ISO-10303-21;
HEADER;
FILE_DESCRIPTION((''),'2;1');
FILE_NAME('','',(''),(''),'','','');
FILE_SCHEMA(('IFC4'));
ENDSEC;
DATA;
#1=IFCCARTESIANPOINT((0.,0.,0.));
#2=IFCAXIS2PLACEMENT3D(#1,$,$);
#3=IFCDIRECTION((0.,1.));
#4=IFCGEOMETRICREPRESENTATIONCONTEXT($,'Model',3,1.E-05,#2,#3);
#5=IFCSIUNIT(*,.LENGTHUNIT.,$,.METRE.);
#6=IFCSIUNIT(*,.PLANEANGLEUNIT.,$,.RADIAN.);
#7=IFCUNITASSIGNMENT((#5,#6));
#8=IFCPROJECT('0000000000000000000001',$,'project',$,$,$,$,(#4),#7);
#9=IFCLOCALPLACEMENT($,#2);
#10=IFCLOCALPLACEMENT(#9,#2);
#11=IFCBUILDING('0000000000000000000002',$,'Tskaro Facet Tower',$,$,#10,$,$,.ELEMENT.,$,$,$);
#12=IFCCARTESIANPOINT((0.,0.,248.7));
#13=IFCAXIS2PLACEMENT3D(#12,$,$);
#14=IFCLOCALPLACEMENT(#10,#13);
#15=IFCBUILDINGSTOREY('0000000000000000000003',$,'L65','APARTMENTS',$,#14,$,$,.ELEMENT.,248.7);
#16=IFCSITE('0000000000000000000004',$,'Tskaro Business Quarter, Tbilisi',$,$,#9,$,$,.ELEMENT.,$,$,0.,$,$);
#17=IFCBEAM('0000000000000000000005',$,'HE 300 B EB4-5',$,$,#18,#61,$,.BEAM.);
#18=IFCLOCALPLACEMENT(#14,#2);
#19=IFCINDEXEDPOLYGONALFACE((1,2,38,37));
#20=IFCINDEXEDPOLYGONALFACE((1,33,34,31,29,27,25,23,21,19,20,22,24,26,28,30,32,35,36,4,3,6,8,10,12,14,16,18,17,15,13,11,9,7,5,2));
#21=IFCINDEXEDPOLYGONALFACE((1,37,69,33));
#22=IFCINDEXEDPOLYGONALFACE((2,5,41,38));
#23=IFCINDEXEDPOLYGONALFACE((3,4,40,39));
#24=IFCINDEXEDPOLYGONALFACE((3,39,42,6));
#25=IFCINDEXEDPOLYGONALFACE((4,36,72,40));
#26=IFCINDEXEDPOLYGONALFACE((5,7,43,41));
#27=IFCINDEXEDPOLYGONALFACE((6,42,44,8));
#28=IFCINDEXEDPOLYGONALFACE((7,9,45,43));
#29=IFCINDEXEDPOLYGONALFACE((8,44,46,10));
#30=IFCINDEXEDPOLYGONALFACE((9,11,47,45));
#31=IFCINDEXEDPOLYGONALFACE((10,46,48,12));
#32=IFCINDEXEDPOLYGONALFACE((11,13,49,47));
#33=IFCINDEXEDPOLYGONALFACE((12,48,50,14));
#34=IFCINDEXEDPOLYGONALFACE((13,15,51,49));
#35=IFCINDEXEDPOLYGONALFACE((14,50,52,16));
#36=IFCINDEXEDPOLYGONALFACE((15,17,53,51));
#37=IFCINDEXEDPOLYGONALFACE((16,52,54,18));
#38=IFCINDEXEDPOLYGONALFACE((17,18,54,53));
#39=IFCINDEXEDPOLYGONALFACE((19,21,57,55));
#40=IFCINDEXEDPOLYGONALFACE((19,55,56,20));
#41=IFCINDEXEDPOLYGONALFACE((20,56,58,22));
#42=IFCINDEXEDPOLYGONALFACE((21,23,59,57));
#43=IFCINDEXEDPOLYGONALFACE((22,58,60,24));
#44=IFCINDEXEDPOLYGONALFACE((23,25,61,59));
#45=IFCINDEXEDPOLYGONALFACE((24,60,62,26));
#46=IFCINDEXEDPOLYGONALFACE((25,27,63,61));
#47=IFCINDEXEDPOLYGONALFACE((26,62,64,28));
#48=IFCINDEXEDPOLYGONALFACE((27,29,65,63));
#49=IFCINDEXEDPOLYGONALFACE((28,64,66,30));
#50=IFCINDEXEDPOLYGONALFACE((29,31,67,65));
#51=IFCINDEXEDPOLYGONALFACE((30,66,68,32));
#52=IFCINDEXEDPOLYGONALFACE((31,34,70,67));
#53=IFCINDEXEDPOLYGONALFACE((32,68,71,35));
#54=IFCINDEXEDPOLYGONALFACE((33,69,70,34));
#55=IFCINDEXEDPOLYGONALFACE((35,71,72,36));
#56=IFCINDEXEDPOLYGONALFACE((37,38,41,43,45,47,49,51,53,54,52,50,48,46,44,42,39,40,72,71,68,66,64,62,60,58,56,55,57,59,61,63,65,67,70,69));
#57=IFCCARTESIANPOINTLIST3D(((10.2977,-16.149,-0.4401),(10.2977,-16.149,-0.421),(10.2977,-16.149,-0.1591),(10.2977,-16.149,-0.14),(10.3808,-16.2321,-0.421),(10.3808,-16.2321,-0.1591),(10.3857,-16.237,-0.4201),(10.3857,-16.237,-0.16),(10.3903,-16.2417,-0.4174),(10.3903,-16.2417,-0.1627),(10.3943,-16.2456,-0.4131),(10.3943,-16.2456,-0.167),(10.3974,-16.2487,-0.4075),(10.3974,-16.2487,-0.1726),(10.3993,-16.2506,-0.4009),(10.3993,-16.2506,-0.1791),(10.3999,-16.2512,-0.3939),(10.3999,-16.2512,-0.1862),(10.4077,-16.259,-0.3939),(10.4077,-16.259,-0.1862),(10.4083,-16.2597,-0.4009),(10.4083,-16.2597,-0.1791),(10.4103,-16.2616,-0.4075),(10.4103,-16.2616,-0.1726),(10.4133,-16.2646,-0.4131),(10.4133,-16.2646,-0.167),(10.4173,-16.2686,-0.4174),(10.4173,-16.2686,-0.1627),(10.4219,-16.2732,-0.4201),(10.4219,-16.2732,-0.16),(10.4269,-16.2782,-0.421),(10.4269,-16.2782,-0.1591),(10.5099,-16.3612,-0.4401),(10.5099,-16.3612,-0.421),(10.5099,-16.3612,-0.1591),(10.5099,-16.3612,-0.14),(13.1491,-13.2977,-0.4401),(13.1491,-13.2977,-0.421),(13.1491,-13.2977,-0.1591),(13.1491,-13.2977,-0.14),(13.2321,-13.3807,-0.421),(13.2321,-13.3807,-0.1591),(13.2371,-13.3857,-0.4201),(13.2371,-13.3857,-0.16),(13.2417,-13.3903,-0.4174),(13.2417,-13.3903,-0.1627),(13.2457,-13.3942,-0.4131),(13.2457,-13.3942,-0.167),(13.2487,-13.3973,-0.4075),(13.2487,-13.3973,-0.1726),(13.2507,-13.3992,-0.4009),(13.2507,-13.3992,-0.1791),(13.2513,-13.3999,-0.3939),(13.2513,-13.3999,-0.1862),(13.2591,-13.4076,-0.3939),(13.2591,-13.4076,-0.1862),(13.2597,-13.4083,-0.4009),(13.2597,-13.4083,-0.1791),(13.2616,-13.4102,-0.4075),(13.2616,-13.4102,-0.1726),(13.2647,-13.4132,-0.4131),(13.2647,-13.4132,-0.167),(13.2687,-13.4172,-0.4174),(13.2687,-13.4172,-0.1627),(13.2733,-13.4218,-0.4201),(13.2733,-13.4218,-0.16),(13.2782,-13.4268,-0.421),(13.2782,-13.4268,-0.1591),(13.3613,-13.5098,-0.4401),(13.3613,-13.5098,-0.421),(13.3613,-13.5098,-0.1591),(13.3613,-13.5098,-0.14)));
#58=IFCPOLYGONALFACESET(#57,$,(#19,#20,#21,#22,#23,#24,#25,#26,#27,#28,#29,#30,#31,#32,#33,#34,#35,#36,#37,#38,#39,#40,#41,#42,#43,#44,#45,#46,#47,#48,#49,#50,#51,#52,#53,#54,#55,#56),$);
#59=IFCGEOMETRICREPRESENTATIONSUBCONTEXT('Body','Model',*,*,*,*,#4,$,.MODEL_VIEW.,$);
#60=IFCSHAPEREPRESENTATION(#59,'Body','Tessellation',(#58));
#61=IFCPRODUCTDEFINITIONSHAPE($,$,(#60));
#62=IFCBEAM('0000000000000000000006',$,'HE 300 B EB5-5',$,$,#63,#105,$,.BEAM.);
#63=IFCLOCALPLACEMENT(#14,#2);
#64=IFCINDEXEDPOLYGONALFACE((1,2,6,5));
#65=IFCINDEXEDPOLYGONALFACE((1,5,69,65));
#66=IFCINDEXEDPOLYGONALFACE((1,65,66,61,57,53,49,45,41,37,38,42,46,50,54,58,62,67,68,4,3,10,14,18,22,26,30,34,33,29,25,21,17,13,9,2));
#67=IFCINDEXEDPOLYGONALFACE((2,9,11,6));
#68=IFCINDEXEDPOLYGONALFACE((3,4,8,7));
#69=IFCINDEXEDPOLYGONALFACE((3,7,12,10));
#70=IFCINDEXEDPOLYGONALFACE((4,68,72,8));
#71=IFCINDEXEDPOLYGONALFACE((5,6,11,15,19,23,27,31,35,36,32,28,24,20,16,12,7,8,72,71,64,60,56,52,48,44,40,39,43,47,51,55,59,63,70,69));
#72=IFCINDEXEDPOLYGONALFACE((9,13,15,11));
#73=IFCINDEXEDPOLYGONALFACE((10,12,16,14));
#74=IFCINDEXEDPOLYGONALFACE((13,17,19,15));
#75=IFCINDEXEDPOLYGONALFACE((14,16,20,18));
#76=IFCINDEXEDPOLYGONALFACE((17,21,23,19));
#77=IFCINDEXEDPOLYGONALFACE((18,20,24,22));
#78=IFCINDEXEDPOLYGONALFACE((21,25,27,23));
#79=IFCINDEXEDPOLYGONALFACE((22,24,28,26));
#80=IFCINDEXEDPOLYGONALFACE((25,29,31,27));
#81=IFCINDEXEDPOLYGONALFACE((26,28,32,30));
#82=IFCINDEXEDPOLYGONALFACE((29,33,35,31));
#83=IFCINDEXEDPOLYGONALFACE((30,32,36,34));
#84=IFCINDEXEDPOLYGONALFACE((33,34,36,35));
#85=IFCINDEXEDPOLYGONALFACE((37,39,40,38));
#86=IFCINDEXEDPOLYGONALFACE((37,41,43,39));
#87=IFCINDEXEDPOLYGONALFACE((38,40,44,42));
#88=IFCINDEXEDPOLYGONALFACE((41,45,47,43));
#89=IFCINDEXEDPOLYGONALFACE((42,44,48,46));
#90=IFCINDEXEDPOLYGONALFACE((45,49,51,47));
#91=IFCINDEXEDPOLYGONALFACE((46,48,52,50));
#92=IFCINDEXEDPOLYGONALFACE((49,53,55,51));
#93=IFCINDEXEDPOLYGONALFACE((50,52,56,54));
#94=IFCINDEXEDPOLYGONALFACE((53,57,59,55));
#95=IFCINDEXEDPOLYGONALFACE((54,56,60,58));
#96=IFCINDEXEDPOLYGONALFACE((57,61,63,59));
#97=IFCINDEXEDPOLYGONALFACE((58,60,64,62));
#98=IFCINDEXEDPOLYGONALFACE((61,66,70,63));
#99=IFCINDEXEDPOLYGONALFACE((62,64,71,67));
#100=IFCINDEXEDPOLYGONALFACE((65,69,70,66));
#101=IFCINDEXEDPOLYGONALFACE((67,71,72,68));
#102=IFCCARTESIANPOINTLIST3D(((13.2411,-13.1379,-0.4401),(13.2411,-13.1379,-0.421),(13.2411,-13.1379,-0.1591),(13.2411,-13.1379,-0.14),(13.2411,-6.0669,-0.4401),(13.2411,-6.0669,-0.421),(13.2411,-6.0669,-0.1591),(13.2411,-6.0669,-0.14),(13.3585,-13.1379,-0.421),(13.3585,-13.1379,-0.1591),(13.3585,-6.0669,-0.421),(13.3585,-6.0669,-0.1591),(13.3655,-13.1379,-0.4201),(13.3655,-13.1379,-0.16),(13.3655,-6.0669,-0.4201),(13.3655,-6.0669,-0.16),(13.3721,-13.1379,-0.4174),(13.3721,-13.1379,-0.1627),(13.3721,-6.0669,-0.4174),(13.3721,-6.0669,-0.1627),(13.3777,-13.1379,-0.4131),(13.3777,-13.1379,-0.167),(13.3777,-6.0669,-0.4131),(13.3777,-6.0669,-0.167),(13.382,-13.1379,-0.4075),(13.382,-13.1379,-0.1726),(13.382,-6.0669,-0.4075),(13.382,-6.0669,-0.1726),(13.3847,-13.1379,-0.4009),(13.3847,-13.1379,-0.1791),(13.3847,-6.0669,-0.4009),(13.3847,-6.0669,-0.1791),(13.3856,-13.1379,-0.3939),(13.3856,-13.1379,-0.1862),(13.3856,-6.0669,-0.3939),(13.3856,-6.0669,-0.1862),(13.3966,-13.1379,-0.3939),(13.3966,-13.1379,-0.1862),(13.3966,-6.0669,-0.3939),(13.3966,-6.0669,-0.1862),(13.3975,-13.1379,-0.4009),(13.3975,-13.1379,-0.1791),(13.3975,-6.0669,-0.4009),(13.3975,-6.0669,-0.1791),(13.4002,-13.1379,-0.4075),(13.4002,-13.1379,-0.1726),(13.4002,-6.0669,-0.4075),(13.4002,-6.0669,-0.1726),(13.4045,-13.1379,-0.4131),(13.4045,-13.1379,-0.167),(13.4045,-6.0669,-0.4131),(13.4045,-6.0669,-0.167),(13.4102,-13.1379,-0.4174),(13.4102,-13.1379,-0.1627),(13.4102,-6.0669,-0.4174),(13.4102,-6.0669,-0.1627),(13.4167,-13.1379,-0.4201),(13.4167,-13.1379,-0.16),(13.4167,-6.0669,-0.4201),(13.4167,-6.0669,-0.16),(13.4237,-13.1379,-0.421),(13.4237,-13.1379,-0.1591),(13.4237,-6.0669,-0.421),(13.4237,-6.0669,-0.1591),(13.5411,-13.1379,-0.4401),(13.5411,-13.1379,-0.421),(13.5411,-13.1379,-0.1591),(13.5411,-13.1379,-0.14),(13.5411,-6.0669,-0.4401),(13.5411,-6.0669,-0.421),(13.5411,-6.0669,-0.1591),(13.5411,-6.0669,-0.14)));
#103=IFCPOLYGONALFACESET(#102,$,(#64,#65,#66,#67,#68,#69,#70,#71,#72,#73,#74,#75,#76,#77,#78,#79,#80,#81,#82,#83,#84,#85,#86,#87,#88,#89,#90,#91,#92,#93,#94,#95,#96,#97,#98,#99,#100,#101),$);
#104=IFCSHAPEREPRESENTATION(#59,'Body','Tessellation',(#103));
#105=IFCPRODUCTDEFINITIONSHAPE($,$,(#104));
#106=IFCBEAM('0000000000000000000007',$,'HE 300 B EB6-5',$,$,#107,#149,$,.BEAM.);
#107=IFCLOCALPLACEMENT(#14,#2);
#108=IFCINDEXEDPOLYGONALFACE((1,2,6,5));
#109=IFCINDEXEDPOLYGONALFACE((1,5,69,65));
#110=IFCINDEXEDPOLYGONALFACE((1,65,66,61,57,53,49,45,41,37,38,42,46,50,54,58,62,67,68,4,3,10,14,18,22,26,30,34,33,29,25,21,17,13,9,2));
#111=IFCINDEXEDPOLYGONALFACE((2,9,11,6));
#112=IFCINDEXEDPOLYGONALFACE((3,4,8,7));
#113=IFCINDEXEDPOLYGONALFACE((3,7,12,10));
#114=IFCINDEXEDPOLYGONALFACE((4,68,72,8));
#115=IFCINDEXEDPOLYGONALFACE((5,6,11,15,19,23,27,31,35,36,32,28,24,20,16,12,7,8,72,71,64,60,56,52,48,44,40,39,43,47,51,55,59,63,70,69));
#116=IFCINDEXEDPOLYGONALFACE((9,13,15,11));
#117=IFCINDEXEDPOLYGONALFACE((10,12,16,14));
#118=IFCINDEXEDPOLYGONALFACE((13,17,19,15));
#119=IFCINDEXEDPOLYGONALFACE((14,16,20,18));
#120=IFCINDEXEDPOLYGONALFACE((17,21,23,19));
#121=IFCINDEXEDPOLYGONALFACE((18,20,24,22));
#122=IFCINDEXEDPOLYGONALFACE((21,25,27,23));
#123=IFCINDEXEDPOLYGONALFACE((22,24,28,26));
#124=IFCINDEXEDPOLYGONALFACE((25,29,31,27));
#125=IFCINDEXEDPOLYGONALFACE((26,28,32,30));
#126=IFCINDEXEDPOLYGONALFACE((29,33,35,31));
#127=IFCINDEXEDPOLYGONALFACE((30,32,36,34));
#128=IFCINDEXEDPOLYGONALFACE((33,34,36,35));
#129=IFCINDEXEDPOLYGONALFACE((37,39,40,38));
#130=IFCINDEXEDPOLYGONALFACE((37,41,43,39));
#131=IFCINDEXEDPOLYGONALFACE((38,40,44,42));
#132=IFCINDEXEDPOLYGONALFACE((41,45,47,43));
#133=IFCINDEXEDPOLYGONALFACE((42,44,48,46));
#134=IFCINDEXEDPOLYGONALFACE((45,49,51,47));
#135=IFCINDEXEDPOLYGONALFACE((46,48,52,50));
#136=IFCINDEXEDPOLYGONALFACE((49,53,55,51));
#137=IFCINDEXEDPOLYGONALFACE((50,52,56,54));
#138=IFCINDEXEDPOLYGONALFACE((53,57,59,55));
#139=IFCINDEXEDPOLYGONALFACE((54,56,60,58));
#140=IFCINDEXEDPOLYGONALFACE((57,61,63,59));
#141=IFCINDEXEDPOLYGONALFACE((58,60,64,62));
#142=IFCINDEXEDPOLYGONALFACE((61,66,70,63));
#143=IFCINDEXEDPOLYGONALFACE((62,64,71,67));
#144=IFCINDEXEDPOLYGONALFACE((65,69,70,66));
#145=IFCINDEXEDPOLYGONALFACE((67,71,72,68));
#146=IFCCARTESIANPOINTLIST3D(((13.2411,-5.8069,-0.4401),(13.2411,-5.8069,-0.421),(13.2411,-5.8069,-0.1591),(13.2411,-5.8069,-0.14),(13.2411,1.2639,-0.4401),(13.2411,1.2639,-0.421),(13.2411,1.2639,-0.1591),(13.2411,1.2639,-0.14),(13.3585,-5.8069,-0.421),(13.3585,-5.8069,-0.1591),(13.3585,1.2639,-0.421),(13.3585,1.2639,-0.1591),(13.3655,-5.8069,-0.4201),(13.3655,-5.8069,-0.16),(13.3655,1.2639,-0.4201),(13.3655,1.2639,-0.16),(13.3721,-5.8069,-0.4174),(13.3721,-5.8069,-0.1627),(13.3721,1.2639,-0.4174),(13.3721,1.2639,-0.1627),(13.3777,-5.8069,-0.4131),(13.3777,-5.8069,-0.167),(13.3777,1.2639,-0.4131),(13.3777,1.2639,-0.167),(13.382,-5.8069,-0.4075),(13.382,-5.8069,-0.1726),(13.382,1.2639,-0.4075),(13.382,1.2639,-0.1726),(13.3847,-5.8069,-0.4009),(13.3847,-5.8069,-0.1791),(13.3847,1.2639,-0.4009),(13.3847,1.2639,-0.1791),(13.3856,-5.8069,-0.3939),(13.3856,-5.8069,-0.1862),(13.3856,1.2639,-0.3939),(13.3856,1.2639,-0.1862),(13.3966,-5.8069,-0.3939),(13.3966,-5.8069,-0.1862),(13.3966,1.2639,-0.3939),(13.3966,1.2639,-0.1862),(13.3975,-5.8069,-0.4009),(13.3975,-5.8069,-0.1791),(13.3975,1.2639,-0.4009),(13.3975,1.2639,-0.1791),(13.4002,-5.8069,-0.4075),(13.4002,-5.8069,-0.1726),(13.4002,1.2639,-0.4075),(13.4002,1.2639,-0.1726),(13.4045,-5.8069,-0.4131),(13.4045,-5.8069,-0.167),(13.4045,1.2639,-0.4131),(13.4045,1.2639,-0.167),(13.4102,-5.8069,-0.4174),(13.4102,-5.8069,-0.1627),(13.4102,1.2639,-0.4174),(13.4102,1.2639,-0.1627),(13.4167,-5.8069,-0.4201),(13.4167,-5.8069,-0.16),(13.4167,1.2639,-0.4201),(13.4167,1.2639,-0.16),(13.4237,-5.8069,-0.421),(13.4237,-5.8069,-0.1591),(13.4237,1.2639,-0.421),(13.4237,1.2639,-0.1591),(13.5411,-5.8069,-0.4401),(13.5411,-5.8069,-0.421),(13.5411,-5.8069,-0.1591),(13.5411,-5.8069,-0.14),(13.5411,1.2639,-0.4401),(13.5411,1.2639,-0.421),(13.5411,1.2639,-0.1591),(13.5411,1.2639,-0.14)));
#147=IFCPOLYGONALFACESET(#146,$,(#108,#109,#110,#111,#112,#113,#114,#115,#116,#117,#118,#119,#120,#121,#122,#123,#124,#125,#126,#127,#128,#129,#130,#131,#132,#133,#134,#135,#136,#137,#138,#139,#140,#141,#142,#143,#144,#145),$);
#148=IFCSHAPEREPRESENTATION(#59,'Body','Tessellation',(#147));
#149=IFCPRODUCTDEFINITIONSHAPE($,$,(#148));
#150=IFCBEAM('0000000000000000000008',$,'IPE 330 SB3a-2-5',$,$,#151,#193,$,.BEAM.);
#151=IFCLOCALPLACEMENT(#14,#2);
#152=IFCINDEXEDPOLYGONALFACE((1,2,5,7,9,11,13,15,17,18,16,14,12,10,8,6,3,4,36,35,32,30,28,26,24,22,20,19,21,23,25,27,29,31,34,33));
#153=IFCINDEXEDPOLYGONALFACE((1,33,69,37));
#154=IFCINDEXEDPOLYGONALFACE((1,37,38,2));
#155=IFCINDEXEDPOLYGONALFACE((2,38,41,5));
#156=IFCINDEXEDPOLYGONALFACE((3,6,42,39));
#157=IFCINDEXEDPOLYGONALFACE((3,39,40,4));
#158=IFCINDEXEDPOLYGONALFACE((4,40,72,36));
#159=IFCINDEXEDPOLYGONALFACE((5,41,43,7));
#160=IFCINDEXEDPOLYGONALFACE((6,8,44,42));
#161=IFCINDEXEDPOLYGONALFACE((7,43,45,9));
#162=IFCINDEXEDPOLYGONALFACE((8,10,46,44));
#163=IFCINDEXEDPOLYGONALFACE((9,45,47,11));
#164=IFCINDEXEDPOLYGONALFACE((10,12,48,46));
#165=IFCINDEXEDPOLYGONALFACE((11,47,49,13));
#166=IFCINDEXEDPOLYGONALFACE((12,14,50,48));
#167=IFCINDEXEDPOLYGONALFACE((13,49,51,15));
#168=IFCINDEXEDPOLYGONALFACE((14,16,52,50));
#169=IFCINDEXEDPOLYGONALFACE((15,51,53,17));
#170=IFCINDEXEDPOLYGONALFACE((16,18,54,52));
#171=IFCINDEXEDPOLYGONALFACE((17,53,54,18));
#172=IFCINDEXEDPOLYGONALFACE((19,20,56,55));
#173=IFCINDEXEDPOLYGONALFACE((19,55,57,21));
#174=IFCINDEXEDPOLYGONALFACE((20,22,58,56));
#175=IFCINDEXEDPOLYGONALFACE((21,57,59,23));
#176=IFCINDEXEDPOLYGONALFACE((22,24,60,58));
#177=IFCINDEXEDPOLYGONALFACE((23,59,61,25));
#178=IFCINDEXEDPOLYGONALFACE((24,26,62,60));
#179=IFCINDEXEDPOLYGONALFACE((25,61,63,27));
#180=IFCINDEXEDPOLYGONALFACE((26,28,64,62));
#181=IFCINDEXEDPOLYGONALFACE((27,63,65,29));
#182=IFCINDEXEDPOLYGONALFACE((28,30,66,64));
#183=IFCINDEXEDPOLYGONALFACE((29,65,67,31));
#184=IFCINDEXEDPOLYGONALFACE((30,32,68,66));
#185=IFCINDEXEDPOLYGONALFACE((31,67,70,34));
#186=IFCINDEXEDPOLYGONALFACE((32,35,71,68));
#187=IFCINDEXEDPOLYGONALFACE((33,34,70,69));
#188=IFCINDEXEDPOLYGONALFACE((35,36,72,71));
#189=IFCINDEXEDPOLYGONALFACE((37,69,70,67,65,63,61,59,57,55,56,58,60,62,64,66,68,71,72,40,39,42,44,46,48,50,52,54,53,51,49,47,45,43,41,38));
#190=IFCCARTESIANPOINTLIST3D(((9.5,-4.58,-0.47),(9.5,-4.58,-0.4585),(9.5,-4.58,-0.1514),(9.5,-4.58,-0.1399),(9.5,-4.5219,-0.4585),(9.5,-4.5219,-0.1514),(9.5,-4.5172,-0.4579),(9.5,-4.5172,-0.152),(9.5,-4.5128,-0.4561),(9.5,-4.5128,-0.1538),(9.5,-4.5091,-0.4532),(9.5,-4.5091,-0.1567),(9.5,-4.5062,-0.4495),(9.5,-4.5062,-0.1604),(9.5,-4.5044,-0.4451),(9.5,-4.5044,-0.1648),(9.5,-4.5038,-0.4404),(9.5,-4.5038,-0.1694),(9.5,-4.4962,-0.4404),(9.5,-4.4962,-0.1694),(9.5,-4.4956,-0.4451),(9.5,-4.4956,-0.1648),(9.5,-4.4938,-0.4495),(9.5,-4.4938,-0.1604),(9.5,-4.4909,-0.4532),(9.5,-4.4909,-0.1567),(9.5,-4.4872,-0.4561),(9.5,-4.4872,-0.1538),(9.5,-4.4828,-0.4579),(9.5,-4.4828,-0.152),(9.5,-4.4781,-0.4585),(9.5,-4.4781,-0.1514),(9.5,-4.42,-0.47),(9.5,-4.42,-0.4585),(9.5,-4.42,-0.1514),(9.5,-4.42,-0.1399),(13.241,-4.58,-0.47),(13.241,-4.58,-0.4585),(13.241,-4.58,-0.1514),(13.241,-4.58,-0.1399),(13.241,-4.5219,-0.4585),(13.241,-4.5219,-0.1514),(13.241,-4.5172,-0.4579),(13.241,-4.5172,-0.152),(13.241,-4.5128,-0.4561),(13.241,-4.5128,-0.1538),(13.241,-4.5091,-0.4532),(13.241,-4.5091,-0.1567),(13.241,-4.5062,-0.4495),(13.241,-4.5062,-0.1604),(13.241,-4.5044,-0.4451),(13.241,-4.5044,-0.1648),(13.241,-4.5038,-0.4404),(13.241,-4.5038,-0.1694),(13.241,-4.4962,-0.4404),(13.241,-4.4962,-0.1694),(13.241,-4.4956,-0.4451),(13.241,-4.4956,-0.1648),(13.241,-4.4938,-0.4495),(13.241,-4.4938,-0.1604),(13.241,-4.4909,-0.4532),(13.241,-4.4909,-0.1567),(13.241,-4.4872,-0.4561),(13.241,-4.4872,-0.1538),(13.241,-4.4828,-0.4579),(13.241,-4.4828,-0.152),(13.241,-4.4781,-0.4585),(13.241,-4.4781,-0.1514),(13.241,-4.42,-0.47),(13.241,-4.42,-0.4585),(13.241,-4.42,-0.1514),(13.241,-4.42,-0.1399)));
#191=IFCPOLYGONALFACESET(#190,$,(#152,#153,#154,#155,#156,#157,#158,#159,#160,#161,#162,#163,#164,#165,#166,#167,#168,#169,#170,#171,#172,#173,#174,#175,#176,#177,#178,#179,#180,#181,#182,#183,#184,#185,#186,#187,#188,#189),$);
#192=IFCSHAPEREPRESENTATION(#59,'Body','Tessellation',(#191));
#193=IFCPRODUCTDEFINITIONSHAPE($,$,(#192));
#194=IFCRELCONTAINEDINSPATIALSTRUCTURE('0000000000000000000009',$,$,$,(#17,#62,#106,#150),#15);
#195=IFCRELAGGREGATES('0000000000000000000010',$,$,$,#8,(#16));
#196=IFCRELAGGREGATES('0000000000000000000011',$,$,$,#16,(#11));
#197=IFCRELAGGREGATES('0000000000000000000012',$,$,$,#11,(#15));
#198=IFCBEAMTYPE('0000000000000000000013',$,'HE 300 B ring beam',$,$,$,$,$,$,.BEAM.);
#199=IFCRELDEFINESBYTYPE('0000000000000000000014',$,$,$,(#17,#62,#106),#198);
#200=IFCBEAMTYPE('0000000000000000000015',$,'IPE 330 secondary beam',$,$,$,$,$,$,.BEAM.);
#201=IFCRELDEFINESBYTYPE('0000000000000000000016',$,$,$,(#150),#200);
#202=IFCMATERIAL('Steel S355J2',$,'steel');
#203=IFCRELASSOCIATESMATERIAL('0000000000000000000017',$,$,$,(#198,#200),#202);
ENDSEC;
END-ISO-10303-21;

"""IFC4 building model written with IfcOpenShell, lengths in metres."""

from ifc_helpers import new_model, si_unit, direction, frame, origin, origin_2d, place, context, subcontext, project, spatial, i_section, extrude, material, material_profile, profile_set, type_object, element, save


model = new_model("IFC4")

# Units and contexts
model_context = context("Model", 3, precision=1e-05, world=origin(), true_north=direction((0.0, 1.0)))
body_context = subcontext(model_context, "Body", "Model", "MODEL_VIEW")
ifc_project = project(units=[si_unit("LENGTHUNIT", "METRE"), si_unit("PLANEANGLEUNIT", "RADIAN")], contexts=[model_context])

# Site, building, storey
site_placement = place(None, origin())
site = spatial("IfcSite", under=ifc_project, at=site_placement, Name="Tskaro Business Quarter, Tbilisi", CompositionType="ELEMENT", RefElevation=0.0)
building_placement = place(site_placement, origin())
building = spatial("IfcBuilding", under=site, at=building_placement, Name="Tskaro Facet Tower", CompositionType="ELEMENT")
storey_placement = place(building_placement, frame((0.0, 0.0, 248.7)))
storey = spatial("IfcBuildingStorey", under=building, at=storey_placement, Name="L65", Description="APARTMENTS", CompositionType="ELEMENT", Elevation=248.7)

# Shared definitions
ifc_material_1 = material(Name="Steel S355J2", Category="steel")

# Beams
ifc_material_profile_1 = material_profile(ifc_material_1, i_section(OverallWidth=0.3, OverallDepth=0.3, WebThickness=0.011, FlangeThickness=0.019, FilletRadius=0.0271, at=origin_2d()), Name="HE 300 B")
ifc_profile_set_1 = profile_set([ifc_material_profile_1], Name="Steel S355J2")
beam_type_1 = type_object("IfcBeamType", Name="HE 300 B ring beam", PredefinedType="BEAM", material=ifc_profile_set_1)
beam_1_placement = place(storey_placement, frame((10.4038, -16.2551, -0.29), z_axis=(0.707107, 0.707107, 0.0), x_axis=(-0.707107, 0.707107, 0.0)))
element("IfcBeam", 1, at=beam_1_placement, inside=storey, type_object=beam_type_1, Name="HE 300 B EB4-5", PredefinedType="BEAM", context=body_context, shape_type="SweptSolid", body=[
    extrude(i_section(OverallWidth=0.3, OverallDepth=0.3, WebThickness=0.011, FlangeThickness=0.019, FilletRadius=0.0271, at=origin_2d()), origin(), (0.0, 0.0, 1.0), 4.0325),
])
beam_2_placement = place(storey_placement, frame((13.3911, -13.1379, -0.29), z_axis=(0.0, 1.0, 0.0), x_axis=(-1.0, 0.0, 0.0)))
element("IfcBeam", 2, at=beam_2_placement, inside=storey, type_object=beam_type_1, Name="HE 300 B EB5-5", PredefinedType="BEAM", context=body_context, shape_type="SweptSolid", body=[
    extrude(i_section(OverallWidth=0.3, OverallDepth=0.3, WebThickness=0.011, FlangeThickness=0.019, FilletRadius=0.0271, at=origin_2d()), origin(), (0.0, 0.0, 1.0), 7.071),
])
beam_3_placement = place(storey_placement, frame((13.3911, -5.8069, -0.29), z_axis=(0.0, 1.0, 0.0), x_axis=(-1.0, 0.0, 0.0)))
element("IfcBeam", 3, at=beam_3_placement, inside=storey, type_object=beam_type_1, Name="HE 300 B EB6-5", PredefinedType="BEAM", context=body_context, shape_type="SweptSolid", body=[
    extrude(i_section(OverallWidth=0.3, OverallDepth=0.3, WebThickness=0.011, FlangeThickness=0.019, FilletRadius=0.0271, at=origin_2d()), origin(), (0.0, 0.0, 1.0), 7.0708),
])
ifc_material_profile_2 = material_profile(ifc_material_1, i_section(OverallWidth=0.1599, OverallDepth=0.3301, WebThickness=0.0076, FlangeThickness=0.0115, FilletRadius=0.0181, at=origin_2d()), Name="IPE 330")
ifc_profile_set_2 = profile_set([ifc_material_profile_2], Name="Steel S355J2")
beam_type_2 = type_object("IfcBeamType", Name="IPE 330 secondary beam", PredefinedType="BEAM", material=ifc_profile_set_2)
beam_4_placement = place(storey_placement, frame((9.5, -4.5, -0.3049), z_axis=(1.0, 0.0, 0.0), x_axis=(0.0, 1.0, 0.0)))
element("IfcBeam", 4, at=beam_4_placement, inside=storey, type_object=beam_type_2, Name="IPE 330 SB3a-2-5", PredefinedType="BEAM", context=body_context, shape_type="SweptSolid", body=[
    extrude(i_section(OverallWidth=0.1599, OverallDepth=0.3301, WebThickness=0.0076, FlangeThickness=0.0115, FilletRadius=0.0181, at=origin_2d()), origin(), (0.0, 0.0, 1.0), 3.741),
])

save(model, "model.ifc")
